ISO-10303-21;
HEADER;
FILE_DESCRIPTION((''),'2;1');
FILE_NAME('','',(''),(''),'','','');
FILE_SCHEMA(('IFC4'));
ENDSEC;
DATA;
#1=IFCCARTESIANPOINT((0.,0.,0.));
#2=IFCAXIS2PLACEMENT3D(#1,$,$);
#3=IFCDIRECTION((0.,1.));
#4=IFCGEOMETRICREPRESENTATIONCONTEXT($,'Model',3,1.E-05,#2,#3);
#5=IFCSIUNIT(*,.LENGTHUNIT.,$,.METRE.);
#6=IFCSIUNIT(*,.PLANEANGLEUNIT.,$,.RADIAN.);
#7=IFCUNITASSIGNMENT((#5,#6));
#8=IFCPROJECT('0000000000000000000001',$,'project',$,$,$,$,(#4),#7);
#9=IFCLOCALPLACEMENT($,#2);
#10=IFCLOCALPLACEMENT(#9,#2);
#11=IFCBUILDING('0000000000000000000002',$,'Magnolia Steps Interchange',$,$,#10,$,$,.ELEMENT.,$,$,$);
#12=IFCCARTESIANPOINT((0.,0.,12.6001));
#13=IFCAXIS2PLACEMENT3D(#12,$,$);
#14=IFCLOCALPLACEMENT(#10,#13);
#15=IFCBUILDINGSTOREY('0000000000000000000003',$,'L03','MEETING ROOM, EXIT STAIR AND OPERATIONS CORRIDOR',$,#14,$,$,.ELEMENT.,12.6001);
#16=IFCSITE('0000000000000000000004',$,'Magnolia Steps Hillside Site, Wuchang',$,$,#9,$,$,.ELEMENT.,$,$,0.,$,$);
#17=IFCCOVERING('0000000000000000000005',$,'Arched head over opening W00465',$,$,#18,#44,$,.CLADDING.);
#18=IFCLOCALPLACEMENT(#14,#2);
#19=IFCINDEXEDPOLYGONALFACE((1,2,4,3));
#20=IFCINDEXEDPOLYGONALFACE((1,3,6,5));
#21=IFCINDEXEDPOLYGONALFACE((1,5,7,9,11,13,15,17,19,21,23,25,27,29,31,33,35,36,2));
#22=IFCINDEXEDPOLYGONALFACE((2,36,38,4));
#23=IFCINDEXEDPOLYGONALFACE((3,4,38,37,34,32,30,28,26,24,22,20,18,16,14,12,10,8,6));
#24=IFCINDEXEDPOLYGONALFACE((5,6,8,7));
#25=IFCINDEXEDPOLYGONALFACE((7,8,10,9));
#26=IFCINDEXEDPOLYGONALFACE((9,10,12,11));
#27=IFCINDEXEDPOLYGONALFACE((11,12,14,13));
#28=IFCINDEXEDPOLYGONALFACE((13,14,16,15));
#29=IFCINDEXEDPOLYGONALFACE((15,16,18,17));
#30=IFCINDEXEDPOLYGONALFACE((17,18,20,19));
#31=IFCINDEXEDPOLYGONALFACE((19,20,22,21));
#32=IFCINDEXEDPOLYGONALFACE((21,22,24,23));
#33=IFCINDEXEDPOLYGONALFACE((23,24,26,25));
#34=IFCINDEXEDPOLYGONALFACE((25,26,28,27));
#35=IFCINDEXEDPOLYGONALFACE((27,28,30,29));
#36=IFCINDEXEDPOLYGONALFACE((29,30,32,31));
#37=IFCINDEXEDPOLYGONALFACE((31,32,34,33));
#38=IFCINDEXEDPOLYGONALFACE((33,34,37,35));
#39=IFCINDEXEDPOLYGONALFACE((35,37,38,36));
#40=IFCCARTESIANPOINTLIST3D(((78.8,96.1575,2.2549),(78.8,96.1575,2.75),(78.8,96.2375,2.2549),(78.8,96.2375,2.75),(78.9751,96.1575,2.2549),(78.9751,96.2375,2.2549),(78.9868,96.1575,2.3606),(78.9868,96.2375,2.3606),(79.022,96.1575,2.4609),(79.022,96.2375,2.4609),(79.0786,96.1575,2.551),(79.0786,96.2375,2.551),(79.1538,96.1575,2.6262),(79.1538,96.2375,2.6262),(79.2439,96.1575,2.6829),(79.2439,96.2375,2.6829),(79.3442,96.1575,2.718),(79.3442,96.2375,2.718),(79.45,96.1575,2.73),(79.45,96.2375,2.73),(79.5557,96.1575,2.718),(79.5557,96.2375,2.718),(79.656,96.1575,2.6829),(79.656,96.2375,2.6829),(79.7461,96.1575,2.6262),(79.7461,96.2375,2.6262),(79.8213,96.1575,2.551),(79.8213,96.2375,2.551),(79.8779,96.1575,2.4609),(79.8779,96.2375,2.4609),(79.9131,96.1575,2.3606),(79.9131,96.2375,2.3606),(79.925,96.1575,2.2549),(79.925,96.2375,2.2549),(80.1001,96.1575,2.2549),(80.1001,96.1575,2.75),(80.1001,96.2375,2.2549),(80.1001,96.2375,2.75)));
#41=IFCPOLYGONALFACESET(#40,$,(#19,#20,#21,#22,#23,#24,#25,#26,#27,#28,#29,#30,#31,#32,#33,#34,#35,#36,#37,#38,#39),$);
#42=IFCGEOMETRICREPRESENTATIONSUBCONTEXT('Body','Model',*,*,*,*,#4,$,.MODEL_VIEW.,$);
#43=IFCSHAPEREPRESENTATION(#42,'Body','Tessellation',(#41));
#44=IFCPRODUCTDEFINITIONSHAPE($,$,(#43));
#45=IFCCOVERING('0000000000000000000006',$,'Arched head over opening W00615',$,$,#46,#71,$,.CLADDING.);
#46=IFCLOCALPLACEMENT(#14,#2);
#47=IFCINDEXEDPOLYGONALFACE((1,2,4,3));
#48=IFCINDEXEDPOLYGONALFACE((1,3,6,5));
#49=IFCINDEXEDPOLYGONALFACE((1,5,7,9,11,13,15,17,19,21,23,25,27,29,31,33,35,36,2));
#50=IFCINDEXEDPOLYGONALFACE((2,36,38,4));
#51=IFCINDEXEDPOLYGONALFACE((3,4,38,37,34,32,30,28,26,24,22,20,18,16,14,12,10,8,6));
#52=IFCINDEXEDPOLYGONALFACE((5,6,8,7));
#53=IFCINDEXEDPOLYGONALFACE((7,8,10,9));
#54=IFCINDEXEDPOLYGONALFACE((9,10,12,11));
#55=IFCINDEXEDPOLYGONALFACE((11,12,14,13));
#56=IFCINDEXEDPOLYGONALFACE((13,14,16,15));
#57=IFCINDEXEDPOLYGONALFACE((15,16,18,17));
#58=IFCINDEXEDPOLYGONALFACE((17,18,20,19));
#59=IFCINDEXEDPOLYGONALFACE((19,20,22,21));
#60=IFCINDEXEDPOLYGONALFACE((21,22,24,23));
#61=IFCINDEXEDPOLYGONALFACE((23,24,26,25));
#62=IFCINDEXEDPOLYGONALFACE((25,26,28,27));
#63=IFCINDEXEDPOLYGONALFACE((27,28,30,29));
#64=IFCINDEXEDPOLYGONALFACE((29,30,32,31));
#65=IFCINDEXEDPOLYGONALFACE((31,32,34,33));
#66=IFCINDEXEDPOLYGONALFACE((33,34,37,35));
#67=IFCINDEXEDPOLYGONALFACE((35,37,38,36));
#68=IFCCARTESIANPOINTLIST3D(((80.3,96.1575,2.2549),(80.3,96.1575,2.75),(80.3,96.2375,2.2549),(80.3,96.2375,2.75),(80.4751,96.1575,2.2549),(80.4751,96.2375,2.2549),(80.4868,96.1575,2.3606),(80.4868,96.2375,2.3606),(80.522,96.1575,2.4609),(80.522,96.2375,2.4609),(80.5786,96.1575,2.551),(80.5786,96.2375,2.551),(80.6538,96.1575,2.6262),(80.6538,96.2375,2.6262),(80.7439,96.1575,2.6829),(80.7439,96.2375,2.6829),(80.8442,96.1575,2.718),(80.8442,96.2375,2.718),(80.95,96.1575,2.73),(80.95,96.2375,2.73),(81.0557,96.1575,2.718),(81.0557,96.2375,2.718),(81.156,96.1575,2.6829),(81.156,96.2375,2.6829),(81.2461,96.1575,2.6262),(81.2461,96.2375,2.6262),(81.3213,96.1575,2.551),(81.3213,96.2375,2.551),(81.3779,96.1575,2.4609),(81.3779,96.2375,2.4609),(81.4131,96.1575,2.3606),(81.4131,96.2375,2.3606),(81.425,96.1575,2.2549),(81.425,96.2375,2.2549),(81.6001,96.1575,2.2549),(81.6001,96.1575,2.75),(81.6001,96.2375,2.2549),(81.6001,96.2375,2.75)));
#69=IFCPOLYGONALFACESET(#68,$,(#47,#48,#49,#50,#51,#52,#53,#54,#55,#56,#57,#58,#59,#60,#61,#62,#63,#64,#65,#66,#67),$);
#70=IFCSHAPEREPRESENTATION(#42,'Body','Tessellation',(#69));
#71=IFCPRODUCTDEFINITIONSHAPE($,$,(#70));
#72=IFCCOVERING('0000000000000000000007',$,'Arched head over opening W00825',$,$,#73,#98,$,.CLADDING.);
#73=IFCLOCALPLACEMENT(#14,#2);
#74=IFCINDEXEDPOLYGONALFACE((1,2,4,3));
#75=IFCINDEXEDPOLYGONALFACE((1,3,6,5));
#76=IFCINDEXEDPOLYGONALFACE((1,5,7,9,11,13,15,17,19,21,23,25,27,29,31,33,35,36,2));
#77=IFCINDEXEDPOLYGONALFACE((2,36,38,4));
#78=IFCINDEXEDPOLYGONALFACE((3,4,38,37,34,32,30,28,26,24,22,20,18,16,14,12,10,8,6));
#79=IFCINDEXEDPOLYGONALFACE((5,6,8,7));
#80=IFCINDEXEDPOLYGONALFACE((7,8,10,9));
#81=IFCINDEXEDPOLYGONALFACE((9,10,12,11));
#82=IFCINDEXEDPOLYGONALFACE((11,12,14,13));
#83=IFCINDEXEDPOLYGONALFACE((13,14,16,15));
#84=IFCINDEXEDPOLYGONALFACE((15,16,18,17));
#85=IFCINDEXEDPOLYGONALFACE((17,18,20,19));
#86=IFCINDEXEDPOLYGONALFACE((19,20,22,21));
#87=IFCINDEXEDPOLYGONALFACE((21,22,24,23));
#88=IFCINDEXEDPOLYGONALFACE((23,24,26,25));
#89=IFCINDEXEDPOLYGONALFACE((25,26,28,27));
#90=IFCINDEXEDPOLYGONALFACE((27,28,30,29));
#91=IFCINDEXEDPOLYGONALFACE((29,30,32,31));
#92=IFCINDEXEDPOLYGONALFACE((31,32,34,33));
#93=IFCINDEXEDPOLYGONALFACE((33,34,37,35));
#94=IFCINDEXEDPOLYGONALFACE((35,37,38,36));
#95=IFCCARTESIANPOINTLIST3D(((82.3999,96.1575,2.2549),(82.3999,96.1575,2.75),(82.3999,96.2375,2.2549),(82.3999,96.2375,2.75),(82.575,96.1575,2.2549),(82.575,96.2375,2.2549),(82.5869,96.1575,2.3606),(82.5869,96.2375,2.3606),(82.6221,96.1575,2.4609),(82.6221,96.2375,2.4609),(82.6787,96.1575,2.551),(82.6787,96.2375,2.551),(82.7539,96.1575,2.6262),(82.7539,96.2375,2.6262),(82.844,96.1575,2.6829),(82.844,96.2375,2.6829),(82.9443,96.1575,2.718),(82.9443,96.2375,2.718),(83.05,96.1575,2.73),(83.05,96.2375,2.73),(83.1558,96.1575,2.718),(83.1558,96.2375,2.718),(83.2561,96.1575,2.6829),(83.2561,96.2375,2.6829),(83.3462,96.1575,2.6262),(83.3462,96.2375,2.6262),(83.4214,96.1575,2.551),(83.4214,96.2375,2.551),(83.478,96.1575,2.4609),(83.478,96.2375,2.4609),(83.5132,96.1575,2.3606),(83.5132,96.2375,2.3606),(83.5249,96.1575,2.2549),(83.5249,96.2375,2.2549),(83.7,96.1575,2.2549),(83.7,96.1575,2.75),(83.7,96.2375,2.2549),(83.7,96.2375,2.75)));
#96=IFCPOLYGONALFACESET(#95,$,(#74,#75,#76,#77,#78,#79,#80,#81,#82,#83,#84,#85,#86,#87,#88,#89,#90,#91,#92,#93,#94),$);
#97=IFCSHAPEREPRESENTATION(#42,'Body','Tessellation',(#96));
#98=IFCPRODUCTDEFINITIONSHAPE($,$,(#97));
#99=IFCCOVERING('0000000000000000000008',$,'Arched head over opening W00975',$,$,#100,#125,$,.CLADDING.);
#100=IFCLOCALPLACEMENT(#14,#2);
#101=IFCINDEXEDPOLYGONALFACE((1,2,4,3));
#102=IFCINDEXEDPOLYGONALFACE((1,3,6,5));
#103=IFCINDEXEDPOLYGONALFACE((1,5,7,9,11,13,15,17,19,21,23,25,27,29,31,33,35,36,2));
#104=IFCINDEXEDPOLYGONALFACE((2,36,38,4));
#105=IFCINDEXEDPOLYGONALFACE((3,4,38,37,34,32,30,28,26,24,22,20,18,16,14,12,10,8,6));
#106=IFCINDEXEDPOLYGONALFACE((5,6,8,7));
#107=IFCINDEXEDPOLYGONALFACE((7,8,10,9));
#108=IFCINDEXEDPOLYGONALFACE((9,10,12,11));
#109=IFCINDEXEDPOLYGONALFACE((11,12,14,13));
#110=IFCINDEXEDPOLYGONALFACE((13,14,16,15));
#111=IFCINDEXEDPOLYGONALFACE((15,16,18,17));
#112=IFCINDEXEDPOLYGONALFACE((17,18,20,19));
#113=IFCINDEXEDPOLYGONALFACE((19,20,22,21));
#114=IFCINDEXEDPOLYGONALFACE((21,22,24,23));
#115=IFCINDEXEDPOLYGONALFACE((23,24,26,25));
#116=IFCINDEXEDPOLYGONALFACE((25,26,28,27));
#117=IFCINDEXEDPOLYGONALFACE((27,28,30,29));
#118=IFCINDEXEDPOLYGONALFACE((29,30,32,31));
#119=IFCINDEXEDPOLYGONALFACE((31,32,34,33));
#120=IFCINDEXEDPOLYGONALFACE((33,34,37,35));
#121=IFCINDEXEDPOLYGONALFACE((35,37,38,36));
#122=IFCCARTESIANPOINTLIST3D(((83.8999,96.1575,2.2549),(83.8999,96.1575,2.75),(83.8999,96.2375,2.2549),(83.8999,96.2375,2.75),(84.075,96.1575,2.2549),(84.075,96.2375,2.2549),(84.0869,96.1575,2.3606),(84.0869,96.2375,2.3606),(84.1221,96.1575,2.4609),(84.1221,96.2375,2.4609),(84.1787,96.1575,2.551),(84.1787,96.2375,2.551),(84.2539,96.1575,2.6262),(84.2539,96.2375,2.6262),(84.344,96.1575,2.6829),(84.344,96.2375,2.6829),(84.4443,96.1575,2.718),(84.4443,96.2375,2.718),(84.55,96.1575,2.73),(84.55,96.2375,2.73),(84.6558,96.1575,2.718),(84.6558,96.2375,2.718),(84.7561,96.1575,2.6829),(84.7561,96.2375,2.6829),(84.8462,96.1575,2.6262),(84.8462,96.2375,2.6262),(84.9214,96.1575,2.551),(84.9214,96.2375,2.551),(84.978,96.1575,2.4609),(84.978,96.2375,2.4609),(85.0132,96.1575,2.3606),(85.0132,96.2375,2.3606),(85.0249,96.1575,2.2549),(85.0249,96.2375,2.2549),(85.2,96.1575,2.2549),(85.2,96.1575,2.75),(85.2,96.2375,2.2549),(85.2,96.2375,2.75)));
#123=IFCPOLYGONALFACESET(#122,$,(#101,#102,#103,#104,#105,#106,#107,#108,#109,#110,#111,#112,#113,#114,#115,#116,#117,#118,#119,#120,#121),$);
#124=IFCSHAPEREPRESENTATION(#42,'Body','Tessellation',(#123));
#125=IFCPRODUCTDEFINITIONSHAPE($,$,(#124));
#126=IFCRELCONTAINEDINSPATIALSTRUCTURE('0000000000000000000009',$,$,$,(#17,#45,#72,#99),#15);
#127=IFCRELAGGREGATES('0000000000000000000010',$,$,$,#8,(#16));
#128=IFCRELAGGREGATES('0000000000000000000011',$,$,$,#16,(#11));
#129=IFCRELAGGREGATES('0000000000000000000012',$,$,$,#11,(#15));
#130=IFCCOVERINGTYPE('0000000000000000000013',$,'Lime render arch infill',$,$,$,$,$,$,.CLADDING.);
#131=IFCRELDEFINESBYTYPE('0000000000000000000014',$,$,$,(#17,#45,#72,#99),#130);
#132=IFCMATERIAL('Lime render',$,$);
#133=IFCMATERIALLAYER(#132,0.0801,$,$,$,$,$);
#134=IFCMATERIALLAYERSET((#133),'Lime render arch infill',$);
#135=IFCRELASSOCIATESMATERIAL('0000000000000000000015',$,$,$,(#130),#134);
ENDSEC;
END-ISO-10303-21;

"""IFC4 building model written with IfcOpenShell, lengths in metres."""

from ifc_helpers import new_model, si_unit, direction, frame, origin, place, context, subcontext, project, spatial, polyline, outline, extrude, material, layer, layer_set, type_object, element, save


model = new_model("IFC4")

# Units and contexts
model_context = context("Model", 3, precision=1e-05, world=origin(), true_north=direction((0.0, 1.0)))
body_context = subcontext(model_context, "Body", "Model", "MODEL_VIEW")
ifc_project = project(units=[si_unit("LENGTHUNIT", "METRE"), si_unit("PLANEANGLEUNIT", "RADIAN")], contexts=[model_context])

# Site, building, storey
site_placement = place(None, origin())
site = spatial("IfcSite", under=ifc_project, at=site_placement, Name="Magnolia Steps Hillside Site, Wuchang", CompositionType="ELEMENT", RefElevation=0.0)
building_placement = place(site_placement, origin())
building = spatial("IfcBuilding", under=site, at=building_placement, Name="Magnolia Steps Interchange", CompositionType="ELEMENT")
storey_placement = place(building_placement, frame((0.0, 0.0, 12.6001)))
storey = spatial("IfcBuildingStorey", under=building, at=storey_placement, Name="L03", Description="MEETING ROOM, EXIT STAIR AND OPERATIONS CORRIDOR", CompositionType="ELEMENT", Elevation=12.6001)

# Coverings
ifc_material_1 = material(Name="Lime render")
ifc_layer_1 = layer(ifc_material_1, 0.0801)
ifc_layer_set_1 = layer_set([ifc_layer_1], Name="Lime render arch infill")
covering_type = type_object("IfcCoveringType", Name="Lime render arch infill", PredefinedType="CLADDING", material=ifc_layer_set_1)
for number, where, z_axis, x_axis, name in (
    (1, (78.8, 96.2375, 2.2549), (0.0, 1.0, 0.0), (0.0, 0.0, 1.0), "Arched head over opening W00465"),
    (2, (80.3, 96.2375, 2.2549), (0.0, 1.0, 0.0), (0.0, 0.0, 1.0), "Arched head over opening W00615"),
):
    element("IfcCovering", number, at=place(storey_placement, frame(where, z_axis=z_axis, x_axis=x_axis)), inside=storey, type_object=covering_type, Name=name, PredefinedType="CLADDING", context=body_context, shape_type="SweptSolid", body=[
        extrude(outline(polyline([(0.0, 0.0), (0.4951, 0.0), (0.4951, 1.3), (0.0, 1.3), (0.0, 1.125), (0.1057, 1.113), (0.2061, 1.0779), (0.2961, 1.0212), (0.3713, 0.946), (0.428, 0.856), (0.4631, 0.7556), (0.4751, 0.6499), (0.4631, 0.5442), (0.428, 0.4438), (0.3713, 0.3538), (0.2961, 0.2786), (0.2061, 0.2219), (0.1057, 0.1868), (0.0, 0.175), (0.0, 0.0)])), origin(), (0.0, 0.0, -1.0), 0.0801),
    ])
for number, where, z_axis, x_axis, name in (
    (3, (82.3999, 96.2375, 2.2549), (0.0, 1.0, 0.0), (0.0, 0.0, 1.0), "Arched head over opening W00825"),
    (4, (83.8999, 96.2375, 2.2549), (0.0, 1.0, 0.0), (0.0, 0.0, 1.0), "Arched head over opening W00975"),
):
    element("IfcCovering", number, at=place(storey_placement, frame(where, z_axis=z_axis, x_axis=x_axis)), inside=storey, type_object=covering_type, Name=name, PredefinedType="CLADDING", context=body_context, shape_type="SweptSolid", body=[
        extrude(outline(polyline([(0.0, 0.0), (0.4951, 0.0), (0.4951, 1.3), (0.0, 1.3), (0.0, 1.125), (0.1057, 1.1133), (0.2061, 1.0781), (0.2961, 1.0215), (0.3713, 0.9463), (0.428, 0.8562), (0.4631, 0.7559), (0.4751, 0.6501), (0.4631, 0.5444), (0.428, 0.4441), (0.3713, 0.354), (0.2961, 0.2788), (0.2061, 0.2222), (0.1057, 0.187), (0.0, 0.175), (0.0, 0.0)])), origin(), (0.0, 0.0, -1.0), 0.0801),
    ])

save(model, "model.ifc")
